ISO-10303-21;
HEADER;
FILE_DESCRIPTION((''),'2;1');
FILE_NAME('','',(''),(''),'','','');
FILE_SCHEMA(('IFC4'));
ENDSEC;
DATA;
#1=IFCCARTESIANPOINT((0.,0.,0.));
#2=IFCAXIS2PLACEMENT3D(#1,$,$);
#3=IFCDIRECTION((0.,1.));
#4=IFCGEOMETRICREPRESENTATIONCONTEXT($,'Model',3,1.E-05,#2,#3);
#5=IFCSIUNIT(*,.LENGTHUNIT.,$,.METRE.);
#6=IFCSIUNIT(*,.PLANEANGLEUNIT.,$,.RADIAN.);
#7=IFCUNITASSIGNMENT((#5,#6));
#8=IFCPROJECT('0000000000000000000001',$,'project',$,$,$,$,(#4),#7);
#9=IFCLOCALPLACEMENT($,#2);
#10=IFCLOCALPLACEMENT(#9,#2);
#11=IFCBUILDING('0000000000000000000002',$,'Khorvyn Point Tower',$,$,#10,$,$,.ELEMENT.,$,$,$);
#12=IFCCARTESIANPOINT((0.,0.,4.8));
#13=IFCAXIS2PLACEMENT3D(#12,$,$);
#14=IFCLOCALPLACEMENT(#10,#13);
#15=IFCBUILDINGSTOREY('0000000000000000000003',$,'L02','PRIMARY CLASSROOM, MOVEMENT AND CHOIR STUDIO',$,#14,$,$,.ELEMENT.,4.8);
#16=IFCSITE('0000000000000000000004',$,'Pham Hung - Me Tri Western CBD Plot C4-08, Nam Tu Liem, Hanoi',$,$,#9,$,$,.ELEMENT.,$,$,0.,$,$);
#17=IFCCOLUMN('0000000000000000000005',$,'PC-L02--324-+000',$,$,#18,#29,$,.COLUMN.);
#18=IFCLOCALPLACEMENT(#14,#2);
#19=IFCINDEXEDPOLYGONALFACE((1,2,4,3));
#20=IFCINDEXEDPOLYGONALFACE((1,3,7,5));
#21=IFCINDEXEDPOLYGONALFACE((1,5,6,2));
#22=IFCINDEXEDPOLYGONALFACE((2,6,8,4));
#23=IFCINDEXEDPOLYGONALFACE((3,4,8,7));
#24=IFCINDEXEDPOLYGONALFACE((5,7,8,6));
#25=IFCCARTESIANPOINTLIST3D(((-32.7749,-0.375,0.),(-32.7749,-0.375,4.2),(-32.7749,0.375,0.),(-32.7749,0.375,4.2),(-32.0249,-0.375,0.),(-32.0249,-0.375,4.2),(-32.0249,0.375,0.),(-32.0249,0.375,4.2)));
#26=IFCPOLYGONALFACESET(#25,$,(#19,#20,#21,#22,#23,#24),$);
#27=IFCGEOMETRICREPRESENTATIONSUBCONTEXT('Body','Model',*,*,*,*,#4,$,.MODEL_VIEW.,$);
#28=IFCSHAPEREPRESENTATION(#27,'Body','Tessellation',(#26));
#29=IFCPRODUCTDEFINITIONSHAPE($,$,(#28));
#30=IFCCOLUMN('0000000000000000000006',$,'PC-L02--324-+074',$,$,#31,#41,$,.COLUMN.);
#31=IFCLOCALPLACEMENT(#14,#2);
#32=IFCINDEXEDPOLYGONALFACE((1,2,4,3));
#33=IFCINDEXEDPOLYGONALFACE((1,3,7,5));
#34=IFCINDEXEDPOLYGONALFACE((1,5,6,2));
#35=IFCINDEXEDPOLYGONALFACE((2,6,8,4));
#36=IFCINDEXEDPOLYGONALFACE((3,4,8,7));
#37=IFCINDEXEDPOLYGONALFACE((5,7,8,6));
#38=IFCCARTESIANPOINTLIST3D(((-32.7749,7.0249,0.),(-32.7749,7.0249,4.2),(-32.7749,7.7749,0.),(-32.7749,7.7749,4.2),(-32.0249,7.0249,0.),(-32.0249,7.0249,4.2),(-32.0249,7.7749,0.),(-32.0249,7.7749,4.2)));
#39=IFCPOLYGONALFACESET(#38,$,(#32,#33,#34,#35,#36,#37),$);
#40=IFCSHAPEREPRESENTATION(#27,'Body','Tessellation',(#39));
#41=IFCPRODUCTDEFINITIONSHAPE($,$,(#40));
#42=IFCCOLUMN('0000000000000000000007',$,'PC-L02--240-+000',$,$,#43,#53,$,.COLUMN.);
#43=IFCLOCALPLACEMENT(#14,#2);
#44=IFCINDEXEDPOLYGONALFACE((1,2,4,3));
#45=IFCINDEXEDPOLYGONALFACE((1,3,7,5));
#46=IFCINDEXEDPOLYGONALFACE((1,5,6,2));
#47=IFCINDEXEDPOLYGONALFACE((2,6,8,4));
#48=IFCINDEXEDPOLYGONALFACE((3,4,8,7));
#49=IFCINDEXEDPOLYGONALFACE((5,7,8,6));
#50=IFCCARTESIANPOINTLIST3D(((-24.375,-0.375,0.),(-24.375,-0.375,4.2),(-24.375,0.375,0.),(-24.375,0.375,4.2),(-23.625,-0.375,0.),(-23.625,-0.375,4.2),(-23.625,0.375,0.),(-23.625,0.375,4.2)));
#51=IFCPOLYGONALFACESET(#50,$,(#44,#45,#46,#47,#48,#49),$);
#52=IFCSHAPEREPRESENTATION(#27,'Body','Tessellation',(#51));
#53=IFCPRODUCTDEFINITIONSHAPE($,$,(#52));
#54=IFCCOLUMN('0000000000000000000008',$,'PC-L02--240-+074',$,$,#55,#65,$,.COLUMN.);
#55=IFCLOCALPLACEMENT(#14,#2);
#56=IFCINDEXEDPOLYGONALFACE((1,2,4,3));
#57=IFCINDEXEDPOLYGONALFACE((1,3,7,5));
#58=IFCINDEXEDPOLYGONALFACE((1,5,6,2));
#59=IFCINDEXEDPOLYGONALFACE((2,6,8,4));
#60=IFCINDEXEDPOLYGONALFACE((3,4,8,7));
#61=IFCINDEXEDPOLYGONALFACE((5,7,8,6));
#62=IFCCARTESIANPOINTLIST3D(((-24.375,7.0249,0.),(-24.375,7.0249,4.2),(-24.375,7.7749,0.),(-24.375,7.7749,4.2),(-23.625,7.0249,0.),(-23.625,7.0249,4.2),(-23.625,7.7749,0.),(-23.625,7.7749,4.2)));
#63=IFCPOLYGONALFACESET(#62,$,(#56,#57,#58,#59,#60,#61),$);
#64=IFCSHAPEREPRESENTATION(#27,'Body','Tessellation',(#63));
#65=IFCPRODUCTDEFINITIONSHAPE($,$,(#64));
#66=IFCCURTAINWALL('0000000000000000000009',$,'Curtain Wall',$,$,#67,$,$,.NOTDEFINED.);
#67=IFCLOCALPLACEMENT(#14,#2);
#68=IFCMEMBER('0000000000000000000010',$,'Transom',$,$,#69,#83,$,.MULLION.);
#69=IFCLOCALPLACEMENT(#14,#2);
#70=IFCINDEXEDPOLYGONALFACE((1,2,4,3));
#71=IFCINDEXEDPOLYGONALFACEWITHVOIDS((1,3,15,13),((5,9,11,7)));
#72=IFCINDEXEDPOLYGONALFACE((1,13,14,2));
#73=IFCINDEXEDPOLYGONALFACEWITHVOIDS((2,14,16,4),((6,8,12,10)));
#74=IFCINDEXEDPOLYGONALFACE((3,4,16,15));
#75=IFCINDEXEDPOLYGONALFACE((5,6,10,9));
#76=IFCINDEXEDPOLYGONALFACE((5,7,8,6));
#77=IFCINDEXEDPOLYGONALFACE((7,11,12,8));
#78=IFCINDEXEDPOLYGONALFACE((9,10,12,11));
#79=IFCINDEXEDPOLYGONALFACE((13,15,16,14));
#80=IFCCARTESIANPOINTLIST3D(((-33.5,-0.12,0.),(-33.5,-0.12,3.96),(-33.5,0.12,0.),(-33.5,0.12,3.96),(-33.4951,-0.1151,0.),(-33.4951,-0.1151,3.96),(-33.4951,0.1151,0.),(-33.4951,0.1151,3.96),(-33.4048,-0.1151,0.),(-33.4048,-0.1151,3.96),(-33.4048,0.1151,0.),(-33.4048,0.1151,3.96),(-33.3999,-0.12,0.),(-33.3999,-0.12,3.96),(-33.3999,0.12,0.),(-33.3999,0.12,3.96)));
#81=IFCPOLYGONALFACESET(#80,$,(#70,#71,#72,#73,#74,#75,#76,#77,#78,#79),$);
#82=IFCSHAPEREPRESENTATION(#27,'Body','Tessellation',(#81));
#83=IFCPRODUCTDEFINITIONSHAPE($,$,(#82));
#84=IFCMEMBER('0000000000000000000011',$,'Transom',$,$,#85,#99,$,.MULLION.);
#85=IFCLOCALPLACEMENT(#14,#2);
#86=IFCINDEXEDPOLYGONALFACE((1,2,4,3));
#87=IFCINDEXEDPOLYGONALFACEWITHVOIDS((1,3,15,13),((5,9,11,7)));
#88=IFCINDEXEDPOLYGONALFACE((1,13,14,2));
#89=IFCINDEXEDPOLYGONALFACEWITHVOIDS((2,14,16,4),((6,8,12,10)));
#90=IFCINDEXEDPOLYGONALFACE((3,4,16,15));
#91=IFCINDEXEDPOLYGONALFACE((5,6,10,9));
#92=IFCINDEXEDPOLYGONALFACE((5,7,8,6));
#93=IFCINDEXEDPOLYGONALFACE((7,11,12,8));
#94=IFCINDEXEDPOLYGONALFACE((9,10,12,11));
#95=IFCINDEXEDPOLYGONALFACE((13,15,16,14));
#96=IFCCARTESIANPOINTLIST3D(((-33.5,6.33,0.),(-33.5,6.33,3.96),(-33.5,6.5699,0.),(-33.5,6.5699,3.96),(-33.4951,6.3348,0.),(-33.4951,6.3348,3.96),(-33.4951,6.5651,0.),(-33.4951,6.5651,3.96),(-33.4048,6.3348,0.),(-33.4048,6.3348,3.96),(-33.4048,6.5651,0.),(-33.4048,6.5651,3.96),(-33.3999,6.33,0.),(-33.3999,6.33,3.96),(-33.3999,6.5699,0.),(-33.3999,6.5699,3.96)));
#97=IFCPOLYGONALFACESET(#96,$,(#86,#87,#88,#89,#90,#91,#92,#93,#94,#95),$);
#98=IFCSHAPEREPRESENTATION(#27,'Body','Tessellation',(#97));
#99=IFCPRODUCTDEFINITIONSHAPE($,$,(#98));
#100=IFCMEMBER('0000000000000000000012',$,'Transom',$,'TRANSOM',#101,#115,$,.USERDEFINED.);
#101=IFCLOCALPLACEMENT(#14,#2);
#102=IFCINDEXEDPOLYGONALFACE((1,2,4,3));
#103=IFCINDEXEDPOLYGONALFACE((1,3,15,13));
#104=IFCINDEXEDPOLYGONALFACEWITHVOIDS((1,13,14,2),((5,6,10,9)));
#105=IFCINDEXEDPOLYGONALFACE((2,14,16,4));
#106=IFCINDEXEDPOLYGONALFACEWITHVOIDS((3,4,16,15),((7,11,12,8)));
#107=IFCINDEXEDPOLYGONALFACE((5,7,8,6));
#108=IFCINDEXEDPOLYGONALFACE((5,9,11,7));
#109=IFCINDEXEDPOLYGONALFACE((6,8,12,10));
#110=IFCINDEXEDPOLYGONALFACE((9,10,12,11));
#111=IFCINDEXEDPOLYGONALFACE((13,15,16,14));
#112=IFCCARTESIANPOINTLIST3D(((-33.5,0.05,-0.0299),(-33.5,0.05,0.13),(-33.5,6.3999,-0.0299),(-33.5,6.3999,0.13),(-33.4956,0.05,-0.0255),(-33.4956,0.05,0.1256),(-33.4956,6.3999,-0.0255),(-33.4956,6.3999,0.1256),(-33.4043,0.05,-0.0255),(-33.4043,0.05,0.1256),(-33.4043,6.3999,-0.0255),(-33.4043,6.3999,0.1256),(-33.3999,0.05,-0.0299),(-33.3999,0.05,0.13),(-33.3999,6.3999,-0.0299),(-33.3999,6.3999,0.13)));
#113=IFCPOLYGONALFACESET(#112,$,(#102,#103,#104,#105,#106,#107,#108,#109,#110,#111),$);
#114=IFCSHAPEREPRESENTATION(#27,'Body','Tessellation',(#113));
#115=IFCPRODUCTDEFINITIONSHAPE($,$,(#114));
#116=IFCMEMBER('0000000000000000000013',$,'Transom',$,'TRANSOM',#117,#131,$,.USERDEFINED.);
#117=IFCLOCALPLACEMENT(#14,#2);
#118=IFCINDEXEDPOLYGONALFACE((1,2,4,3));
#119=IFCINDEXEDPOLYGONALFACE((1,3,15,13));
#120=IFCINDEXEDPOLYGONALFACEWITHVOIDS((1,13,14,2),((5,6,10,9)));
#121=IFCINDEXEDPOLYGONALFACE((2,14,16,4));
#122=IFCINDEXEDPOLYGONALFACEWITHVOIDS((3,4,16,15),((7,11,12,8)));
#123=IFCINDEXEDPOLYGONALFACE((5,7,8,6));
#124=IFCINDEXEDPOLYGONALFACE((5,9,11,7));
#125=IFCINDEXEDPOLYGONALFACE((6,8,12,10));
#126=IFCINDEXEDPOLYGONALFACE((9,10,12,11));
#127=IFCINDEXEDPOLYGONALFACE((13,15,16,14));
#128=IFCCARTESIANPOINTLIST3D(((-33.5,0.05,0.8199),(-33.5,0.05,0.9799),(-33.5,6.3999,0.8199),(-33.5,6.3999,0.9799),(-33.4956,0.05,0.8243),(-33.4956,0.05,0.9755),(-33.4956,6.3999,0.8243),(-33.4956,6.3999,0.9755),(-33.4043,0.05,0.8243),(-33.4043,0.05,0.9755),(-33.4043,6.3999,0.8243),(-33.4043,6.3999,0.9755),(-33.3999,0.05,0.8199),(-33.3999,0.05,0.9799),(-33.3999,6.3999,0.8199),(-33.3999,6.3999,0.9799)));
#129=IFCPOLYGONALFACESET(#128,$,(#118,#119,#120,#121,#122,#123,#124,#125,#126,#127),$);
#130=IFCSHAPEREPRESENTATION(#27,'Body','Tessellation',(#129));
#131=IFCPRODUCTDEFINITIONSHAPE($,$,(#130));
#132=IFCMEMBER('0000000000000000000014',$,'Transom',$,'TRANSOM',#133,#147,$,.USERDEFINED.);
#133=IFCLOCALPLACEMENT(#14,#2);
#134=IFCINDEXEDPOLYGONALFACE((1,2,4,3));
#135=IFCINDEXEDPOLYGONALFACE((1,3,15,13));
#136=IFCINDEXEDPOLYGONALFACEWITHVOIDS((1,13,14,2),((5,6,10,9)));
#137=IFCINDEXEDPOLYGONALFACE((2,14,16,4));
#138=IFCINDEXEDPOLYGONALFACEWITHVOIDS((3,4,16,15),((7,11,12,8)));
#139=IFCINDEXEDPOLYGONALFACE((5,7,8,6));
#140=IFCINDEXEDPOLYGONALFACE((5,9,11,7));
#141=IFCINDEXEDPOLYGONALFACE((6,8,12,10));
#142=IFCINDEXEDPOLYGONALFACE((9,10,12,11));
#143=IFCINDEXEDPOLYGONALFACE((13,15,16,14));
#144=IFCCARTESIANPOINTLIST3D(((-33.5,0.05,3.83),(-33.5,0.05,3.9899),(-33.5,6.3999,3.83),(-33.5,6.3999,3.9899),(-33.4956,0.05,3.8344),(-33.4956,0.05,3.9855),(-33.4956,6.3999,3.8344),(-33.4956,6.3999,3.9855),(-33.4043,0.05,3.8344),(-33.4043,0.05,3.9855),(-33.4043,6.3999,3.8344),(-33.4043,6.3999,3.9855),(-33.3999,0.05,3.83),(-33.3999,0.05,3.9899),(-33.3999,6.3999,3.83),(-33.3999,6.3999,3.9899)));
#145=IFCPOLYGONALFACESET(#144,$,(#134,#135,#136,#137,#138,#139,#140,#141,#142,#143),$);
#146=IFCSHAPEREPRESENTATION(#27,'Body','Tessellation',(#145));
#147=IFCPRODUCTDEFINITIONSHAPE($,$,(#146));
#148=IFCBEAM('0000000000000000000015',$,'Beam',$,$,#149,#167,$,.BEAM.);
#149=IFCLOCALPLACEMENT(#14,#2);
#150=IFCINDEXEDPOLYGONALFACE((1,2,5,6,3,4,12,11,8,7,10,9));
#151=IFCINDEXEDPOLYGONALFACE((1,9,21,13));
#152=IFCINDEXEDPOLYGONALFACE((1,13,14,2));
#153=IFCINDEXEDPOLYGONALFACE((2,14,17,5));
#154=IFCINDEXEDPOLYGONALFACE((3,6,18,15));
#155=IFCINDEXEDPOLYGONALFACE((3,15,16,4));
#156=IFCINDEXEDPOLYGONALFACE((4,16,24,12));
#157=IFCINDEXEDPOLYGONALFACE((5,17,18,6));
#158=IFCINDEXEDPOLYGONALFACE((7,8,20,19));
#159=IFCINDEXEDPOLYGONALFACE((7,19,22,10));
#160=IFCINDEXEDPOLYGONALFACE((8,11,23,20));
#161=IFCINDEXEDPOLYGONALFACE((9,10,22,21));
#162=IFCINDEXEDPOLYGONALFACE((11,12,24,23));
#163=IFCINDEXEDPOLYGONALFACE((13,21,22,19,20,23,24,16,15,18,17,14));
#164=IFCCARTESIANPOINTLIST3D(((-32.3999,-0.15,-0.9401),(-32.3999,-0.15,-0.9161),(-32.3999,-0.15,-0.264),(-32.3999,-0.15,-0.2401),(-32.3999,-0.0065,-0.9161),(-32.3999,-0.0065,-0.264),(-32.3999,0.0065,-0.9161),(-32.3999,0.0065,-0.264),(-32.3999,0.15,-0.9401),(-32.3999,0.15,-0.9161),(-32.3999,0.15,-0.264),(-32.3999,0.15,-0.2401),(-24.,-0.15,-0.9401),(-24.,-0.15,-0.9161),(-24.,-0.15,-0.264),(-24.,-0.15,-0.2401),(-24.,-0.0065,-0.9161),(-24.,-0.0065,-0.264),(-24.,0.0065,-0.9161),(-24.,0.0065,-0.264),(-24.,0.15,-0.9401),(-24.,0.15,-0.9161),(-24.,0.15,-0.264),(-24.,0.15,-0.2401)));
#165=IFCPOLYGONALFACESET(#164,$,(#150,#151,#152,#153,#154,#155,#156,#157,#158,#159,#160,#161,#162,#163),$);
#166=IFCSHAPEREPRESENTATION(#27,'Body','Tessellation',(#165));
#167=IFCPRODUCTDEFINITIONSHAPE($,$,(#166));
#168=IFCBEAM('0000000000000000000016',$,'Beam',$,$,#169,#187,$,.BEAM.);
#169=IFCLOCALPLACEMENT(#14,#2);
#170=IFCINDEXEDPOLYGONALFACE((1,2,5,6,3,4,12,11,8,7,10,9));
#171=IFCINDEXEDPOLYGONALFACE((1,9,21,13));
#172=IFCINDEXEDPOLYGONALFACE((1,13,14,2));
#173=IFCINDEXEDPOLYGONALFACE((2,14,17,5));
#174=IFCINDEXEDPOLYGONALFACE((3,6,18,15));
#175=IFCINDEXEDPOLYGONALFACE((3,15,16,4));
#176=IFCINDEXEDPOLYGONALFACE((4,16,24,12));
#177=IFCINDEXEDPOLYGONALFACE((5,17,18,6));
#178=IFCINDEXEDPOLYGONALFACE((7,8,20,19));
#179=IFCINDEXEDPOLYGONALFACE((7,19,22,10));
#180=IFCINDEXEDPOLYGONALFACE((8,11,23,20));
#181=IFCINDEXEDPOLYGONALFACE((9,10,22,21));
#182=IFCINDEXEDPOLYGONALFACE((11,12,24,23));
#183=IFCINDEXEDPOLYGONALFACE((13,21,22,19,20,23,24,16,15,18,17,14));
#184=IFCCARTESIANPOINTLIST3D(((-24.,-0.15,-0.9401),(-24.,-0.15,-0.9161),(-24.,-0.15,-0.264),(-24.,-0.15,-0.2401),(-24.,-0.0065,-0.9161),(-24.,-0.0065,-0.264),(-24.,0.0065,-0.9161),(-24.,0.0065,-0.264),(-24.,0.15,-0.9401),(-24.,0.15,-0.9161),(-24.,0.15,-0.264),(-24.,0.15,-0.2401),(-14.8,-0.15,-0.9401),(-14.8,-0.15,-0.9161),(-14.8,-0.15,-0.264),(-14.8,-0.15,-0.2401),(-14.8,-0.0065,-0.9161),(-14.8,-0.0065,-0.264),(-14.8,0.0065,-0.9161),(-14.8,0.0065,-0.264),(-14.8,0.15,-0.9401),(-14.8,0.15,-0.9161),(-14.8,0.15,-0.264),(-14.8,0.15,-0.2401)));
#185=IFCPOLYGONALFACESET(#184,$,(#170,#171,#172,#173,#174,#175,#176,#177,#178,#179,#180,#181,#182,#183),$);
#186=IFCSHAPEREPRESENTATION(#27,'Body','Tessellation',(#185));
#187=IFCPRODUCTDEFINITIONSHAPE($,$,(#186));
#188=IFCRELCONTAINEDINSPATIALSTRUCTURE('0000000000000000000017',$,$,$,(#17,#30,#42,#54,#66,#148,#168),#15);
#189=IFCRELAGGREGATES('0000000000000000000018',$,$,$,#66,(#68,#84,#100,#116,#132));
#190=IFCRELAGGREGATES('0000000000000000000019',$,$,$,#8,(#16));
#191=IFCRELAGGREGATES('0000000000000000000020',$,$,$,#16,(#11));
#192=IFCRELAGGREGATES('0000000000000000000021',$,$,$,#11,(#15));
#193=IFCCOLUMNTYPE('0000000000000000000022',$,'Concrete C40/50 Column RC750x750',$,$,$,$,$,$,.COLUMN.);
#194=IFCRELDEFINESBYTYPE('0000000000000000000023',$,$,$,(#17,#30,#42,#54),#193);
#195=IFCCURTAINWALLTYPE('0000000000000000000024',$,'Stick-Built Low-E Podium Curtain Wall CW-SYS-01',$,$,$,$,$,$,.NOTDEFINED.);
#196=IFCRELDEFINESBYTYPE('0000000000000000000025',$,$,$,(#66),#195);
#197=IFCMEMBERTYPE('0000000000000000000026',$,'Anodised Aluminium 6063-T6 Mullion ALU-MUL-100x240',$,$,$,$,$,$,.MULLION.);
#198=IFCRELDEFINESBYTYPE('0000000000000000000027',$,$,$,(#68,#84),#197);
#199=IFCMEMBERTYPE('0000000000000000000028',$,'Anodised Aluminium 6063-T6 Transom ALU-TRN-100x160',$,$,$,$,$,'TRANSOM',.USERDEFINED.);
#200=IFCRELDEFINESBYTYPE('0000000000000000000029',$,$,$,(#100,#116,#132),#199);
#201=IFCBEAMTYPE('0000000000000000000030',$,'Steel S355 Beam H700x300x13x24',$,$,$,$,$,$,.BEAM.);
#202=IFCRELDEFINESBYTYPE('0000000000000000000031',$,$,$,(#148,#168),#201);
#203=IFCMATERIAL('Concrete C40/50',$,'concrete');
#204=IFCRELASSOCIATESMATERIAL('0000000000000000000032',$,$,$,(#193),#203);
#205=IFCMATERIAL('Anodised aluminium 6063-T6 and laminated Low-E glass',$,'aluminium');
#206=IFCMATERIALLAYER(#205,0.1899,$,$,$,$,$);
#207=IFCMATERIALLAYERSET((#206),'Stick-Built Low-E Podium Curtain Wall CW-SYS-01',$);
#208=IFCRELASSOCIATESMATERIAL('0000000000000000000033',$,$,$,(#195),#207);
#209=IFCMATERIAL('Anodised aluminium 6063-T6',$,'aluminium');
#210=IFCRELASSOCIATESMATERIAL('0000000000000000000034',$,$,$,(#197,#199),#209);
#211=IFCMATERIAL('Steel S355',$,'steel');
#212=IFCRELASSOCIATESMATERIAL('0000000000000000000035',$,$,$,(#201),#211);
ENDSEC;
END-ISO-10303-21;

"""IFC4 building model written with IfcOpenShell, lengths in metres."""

from ifc_helpers import new_model, si_unit, direction, frame, origin, origin_2d, place, context, subcontext, project, spatial, rectangle, hollow_rectangle, i_section, extrude, material, layer, layer_set, material_profile, profile_set, type_object, element, aggregate, save


model = new_model("IFC4")

# Units and contexts
model_context = context("Model", 3, precision=1e-05, world=origin(), true_north=direction((0.0, 1.0)))
body_context = subcontext(model_context, "Body", "Model", "MODEL_VIEW")
ifc_project = project(units=[si_unit("LENGTHUNIT", "METRE"), si_unit("PLANEANGLEUNIT", "RADIAN")], contexts=[model_context])

# Site, building, storey
site_placement = place(None, origin())
site = spatial("IfcSite", under=ifc_project, at=site_placement, Name="Pham Hung - Me Tri Western CBD Plot C4-08, Nam Tu Liem, Hanoi", CompositionType="ELEMENT", RefElevation=0.0)
building_placement = place(site_placement, origin())
building = spatial("IfcBuilding", under=site, at=building_placement, Name="Khorvyn Point Tower", CompositionType="ELEMENT")
storey_placement = place(building_placement, frame((0.0, 0.0, 4.8)))
storey = spatial("IfcBuildingStorey", under=building, at=storey_placement, Name="L02", Description="PRIMARY CLASSROOM, MOVEMENT AND CHOIR STUDIO", CompositionType="ELEMENT", Elevation=4.8)

# Columns
ifc_material_1 = material(Name="Concrete C40/50", Category="concrete")
ifc_material_profile_1 = material_profile(ifc_material_1, rectangle(XDim=0.75, YDim=0.75, at=origin_2d()))
ifc_profile_set_1 = profile_set([ifc_material_profile_1], Name="Concrete C40/50 RC750x750")
column_type = type_object("IfcColumnType", Name="Concrete C40/50 Column RC750x750", PredefinedType="COLUMN", material=ifc_profile_set_1)
for number, where, z_axis, x_axis, name in (
    (1, (-32.3999, 0.0, 0.0), (0.0, 0.0, 1.0), (1.0, 0.0, 0.0), "PC-L02--324-+000"),
    (2, (-32.3999, 7.3999, 0.0), (0.0, 0.0, 1.0), (1.0, 0.0, 0.0), "PC-L02--324-+074"),
    (3, (-24.0, 0.0, 0.0), (0.0, 0.0, 1.0), (1.0, 0.0, 0.0), "PC-L02--240-+000"),
    (4, (-24.0, 7.3999, 0.0), (0.0, 0.0, 1.0), (1.0, 0.0, 0.0), "PC-L02--240-+074"),
):
    element("IfcColumn", number, at=place(storey_placement, frame(where, z_axis=z_axis, x_axis=x_axis)), inside=storey, type_object=column_type, Name=name, PredefinedType="COLUMN", context=body_context, shape_type="SweptSolid", body=[
        extrude(rectangle(XDim=0.75, YDim=0.75, at=origin_2d()), origin(), (0.0, 0.0, 1.0), 4.2),
    ])

# Curtain wall, members
ifc_material_2 = material(Name="Anodised aluminium 6063-T6 and laminated Low-E glass", Category="aluminium")
ifc_layer_1 = layer(ifc_material_2, 0.1899)
ifc_layer_set_1 = layer_set([ifc_layer_1], Name="Stick-Built Low-E Podium Curtain Wall CW-SYS-01")
curtain_wall_type = type_object("IfcCurtainWallType", Name="Stick-Built Low-E Podium Curtain Wall CW-SYS-01", PredefinedType="NOTDEFINED", material=ifc_layer_set_1)
curtain_wall_placement = place(storey_placement, origin())
curtain_wall = element("IfcCurtainWall", 5, at=curtain_wall_placement, inside=storey, type_object=curtain_wall_type, Name="Curtain Wall", PredefinedType="NOTDEFINED")
ifc_material_3 = material(Name="Anodised aluminium 6063-T6", Category="aluminium")
ifc_material_profile_2 = material_profile(ifc_material_3, hollow_rectangle(XDim=0.1001, YDim=0.24, WallThickness=0.0049, at=origin_2d()))
ifc_profile_set_2 = profile_set([ifc_material_profile_2], Name="Anodised aluminium 6063-T6 ALU-MUL-100x240")
member_type_1 = type_object("IfcMemberType", Name="Anodised Aluminium 6063-T6 Mullion ALU-MUL-100x240", PredefinedType="MULLION", material=ifc_profile_set_2)
member_1_placement = place(storey_placement, frame((-33.45, 0.0, 0.0), z_axis=(0.0, 0.0, 1.0), x_axis=(-1.0, 0.0, 0.0)))
member_1 = element("IfcMember", 6, at=member_1_placement, type_object=member_type_1, Name="Transom", PredefinedType="MULLION", context=body_context, shape_type="SweptSolid", body=[
    extrude(hollow_rectangle(XDim=0.1001, YDim=0.24, WallThickness=0.0049, at=origin_2d()), origin(), (0.0, 0.0, 1.0), 3.96),
])
member_2_placement = place(storey_placement, frame((-33.45, 6.45, 0.0), z_axis=(0.0, 0.0, 1.0), x_axis=(-1.0, 0.0, 0.0)))
member_2 = element("IfcMember", 7, at=member_2_placement, type_object=member_type_1, Name="Transom", PredefinedType="MULLION", context=body_context, shape_type="SweptSolid", body=[
    extrude(hollow_rectangle(XDim=0.1001, YDim=0.24, WallThickness=0.0049, at=origin_2d()), origin(), (0.0, 0.0, 1.0), 3.96),
])
ifc_material_profile_3 = material_profile(ifc_material_3, hollow_rectangle(XDim=0.1001, YDim=0.1599, WallThickness=0.0044, at=origin_2d()))
ifc_profile_set_3 = profile_set([ifc_material_profile_3], Name="Anodised aluminium 6063-T6 ALU-TRN-100x160")
member_type_2 = type_object("IfcMemberType", Name="Anodised Aluminium 6063-T6 Transom ALU-TRN-100x160", ElementType="TRANSOM", PredefinedType="USERDEFINED", material=ifc_profile_set_3)
member_3_placement = place(storey_placement, frame((-33.45, 0.05, 0.05), z_axis=(0.0, 1.0, 0.0), x_axis=(-1.0, 0.0, 0.0)))
member_3 = element("IfcMember", 8, at=member_3_placement, type_object=member_type_2, Name="Transom", ObjectType="TRANSOM", PredefinedType="USERDEFINED", context=body_context, shape_type="SweptSolid", body=[
    extrude(hollow_rectangle(XDim=0.1001, YDim=0.1599, WallThickness=0.0044, at=origin_2d()), origin(), (0.0, 0.0, 1.0), 6.3499),
])
member_4_placement = place(storey_placement, frame((-33.45, 0.05, 0.8999), z_axis=(0.0, 1.0, 0.0), x_axis=(-1.0, 0.0, 0.0)))
member_4 = element("IfcMember", 9, at=member_4_placement, type_object=member_type_2, Name="Transom", ObjectType="TRANSOM", PredefinedType="USERDEFINED", context=body_context, shape_type="SweptSolid", body=[
    extrude(hollow_rectangle(XDim=0.1001, YDim=0.1599, WallThickness=0.0044, at=origin_2d()), origin(), (0.0, 0.0, 1.0), 6.3499),
])
member_5_placement = place(storey_placement, frame((-33.45, 0.05, 3.9099), z_axis=(0.0, 1.0, 0.0), x_axis=(-1.0, 0.0, 0.0)))
member_5 = element("IfcMember", 10, at=member_5_placement, type_object=member_type_2, Name="Transom", ObjectType="TRANSOM", PredefinedType="USERDEFINED", context=body_context, shape_type="SweptSolid", body=[
    extrude(hollow_rectangle(XDim=0.1001, YDim=0.1599, WallThickness=0.0044, at=origin_2d()), origin(), (0.0, 0.0, 1.0), 6.3499),
])

# Beams
ifc_material_4 = material(Name="Steel S355", Category="steel")
ifc_material_profile_4 = material_profile(ifc_material_4, i_section(OverallWidth=0.3, OverallDepth=0.7, WebThickness=0.0129, FlangeThickness=0.0239, at=origin_2d()))
ifc_profile_set_4 = profile_set([ifc_material_profile_4], Name="Steel S355 H700x300x13x24")
beam_type_1 = type_object("IfcBeamType", Name="Steel S355 Beam H700x300x13x24", PredefinedType="BEAM", material=ifc_profile_set_4)
beam_1_placement = place(storey_placement, frame((-32.3999, 0.0, -0.5901), z_axis=(1.0, 0.0, 0.0), x_axis=(0.0, 1.0, 0.0)))
element("IfcBeam", 11, at=beam_1_placement, inside=storey, type_object=beam_type_1, Name="Beam", PredefinedType="BEAM", context=body_context, shape_type="SweptSolid", body=[
    extrude(i_section(OverallWidth=0.3, OverallDepth=0.7, WebThickness=0.0129, FlangeThickness=0.0239, at=origin_2d()), origin(), (0.0, 0.0, 1.0), 8.3999),
])
beam_2_placement = place(storey_placement, frame((-24.0, 0.0, -0.5901), z_axis=(1.0, 0.0, 0.0), x_axis=(0.0, 1.0, 0.0)))
element("IfcBeam", 12, at=beam_2_placement, inside=storey, type_object=beam_type_1, Name="Beam", PredefinedType="BEAM", context=body_context, shape_type="SweptSolid", body=[
    extrude(i_section(OverallWidth=0.3, OverallDepth=0.7, WebThickness=0.0129, FlangeThickness=0.0239, at=origin_2d()), origin(), (0.0, 0.0, 1.0), 9.2),
])

aggregate(curtain_wall, [member_1, member_2, member_3, member_4, member_5])

save(model, "model.ifc")
